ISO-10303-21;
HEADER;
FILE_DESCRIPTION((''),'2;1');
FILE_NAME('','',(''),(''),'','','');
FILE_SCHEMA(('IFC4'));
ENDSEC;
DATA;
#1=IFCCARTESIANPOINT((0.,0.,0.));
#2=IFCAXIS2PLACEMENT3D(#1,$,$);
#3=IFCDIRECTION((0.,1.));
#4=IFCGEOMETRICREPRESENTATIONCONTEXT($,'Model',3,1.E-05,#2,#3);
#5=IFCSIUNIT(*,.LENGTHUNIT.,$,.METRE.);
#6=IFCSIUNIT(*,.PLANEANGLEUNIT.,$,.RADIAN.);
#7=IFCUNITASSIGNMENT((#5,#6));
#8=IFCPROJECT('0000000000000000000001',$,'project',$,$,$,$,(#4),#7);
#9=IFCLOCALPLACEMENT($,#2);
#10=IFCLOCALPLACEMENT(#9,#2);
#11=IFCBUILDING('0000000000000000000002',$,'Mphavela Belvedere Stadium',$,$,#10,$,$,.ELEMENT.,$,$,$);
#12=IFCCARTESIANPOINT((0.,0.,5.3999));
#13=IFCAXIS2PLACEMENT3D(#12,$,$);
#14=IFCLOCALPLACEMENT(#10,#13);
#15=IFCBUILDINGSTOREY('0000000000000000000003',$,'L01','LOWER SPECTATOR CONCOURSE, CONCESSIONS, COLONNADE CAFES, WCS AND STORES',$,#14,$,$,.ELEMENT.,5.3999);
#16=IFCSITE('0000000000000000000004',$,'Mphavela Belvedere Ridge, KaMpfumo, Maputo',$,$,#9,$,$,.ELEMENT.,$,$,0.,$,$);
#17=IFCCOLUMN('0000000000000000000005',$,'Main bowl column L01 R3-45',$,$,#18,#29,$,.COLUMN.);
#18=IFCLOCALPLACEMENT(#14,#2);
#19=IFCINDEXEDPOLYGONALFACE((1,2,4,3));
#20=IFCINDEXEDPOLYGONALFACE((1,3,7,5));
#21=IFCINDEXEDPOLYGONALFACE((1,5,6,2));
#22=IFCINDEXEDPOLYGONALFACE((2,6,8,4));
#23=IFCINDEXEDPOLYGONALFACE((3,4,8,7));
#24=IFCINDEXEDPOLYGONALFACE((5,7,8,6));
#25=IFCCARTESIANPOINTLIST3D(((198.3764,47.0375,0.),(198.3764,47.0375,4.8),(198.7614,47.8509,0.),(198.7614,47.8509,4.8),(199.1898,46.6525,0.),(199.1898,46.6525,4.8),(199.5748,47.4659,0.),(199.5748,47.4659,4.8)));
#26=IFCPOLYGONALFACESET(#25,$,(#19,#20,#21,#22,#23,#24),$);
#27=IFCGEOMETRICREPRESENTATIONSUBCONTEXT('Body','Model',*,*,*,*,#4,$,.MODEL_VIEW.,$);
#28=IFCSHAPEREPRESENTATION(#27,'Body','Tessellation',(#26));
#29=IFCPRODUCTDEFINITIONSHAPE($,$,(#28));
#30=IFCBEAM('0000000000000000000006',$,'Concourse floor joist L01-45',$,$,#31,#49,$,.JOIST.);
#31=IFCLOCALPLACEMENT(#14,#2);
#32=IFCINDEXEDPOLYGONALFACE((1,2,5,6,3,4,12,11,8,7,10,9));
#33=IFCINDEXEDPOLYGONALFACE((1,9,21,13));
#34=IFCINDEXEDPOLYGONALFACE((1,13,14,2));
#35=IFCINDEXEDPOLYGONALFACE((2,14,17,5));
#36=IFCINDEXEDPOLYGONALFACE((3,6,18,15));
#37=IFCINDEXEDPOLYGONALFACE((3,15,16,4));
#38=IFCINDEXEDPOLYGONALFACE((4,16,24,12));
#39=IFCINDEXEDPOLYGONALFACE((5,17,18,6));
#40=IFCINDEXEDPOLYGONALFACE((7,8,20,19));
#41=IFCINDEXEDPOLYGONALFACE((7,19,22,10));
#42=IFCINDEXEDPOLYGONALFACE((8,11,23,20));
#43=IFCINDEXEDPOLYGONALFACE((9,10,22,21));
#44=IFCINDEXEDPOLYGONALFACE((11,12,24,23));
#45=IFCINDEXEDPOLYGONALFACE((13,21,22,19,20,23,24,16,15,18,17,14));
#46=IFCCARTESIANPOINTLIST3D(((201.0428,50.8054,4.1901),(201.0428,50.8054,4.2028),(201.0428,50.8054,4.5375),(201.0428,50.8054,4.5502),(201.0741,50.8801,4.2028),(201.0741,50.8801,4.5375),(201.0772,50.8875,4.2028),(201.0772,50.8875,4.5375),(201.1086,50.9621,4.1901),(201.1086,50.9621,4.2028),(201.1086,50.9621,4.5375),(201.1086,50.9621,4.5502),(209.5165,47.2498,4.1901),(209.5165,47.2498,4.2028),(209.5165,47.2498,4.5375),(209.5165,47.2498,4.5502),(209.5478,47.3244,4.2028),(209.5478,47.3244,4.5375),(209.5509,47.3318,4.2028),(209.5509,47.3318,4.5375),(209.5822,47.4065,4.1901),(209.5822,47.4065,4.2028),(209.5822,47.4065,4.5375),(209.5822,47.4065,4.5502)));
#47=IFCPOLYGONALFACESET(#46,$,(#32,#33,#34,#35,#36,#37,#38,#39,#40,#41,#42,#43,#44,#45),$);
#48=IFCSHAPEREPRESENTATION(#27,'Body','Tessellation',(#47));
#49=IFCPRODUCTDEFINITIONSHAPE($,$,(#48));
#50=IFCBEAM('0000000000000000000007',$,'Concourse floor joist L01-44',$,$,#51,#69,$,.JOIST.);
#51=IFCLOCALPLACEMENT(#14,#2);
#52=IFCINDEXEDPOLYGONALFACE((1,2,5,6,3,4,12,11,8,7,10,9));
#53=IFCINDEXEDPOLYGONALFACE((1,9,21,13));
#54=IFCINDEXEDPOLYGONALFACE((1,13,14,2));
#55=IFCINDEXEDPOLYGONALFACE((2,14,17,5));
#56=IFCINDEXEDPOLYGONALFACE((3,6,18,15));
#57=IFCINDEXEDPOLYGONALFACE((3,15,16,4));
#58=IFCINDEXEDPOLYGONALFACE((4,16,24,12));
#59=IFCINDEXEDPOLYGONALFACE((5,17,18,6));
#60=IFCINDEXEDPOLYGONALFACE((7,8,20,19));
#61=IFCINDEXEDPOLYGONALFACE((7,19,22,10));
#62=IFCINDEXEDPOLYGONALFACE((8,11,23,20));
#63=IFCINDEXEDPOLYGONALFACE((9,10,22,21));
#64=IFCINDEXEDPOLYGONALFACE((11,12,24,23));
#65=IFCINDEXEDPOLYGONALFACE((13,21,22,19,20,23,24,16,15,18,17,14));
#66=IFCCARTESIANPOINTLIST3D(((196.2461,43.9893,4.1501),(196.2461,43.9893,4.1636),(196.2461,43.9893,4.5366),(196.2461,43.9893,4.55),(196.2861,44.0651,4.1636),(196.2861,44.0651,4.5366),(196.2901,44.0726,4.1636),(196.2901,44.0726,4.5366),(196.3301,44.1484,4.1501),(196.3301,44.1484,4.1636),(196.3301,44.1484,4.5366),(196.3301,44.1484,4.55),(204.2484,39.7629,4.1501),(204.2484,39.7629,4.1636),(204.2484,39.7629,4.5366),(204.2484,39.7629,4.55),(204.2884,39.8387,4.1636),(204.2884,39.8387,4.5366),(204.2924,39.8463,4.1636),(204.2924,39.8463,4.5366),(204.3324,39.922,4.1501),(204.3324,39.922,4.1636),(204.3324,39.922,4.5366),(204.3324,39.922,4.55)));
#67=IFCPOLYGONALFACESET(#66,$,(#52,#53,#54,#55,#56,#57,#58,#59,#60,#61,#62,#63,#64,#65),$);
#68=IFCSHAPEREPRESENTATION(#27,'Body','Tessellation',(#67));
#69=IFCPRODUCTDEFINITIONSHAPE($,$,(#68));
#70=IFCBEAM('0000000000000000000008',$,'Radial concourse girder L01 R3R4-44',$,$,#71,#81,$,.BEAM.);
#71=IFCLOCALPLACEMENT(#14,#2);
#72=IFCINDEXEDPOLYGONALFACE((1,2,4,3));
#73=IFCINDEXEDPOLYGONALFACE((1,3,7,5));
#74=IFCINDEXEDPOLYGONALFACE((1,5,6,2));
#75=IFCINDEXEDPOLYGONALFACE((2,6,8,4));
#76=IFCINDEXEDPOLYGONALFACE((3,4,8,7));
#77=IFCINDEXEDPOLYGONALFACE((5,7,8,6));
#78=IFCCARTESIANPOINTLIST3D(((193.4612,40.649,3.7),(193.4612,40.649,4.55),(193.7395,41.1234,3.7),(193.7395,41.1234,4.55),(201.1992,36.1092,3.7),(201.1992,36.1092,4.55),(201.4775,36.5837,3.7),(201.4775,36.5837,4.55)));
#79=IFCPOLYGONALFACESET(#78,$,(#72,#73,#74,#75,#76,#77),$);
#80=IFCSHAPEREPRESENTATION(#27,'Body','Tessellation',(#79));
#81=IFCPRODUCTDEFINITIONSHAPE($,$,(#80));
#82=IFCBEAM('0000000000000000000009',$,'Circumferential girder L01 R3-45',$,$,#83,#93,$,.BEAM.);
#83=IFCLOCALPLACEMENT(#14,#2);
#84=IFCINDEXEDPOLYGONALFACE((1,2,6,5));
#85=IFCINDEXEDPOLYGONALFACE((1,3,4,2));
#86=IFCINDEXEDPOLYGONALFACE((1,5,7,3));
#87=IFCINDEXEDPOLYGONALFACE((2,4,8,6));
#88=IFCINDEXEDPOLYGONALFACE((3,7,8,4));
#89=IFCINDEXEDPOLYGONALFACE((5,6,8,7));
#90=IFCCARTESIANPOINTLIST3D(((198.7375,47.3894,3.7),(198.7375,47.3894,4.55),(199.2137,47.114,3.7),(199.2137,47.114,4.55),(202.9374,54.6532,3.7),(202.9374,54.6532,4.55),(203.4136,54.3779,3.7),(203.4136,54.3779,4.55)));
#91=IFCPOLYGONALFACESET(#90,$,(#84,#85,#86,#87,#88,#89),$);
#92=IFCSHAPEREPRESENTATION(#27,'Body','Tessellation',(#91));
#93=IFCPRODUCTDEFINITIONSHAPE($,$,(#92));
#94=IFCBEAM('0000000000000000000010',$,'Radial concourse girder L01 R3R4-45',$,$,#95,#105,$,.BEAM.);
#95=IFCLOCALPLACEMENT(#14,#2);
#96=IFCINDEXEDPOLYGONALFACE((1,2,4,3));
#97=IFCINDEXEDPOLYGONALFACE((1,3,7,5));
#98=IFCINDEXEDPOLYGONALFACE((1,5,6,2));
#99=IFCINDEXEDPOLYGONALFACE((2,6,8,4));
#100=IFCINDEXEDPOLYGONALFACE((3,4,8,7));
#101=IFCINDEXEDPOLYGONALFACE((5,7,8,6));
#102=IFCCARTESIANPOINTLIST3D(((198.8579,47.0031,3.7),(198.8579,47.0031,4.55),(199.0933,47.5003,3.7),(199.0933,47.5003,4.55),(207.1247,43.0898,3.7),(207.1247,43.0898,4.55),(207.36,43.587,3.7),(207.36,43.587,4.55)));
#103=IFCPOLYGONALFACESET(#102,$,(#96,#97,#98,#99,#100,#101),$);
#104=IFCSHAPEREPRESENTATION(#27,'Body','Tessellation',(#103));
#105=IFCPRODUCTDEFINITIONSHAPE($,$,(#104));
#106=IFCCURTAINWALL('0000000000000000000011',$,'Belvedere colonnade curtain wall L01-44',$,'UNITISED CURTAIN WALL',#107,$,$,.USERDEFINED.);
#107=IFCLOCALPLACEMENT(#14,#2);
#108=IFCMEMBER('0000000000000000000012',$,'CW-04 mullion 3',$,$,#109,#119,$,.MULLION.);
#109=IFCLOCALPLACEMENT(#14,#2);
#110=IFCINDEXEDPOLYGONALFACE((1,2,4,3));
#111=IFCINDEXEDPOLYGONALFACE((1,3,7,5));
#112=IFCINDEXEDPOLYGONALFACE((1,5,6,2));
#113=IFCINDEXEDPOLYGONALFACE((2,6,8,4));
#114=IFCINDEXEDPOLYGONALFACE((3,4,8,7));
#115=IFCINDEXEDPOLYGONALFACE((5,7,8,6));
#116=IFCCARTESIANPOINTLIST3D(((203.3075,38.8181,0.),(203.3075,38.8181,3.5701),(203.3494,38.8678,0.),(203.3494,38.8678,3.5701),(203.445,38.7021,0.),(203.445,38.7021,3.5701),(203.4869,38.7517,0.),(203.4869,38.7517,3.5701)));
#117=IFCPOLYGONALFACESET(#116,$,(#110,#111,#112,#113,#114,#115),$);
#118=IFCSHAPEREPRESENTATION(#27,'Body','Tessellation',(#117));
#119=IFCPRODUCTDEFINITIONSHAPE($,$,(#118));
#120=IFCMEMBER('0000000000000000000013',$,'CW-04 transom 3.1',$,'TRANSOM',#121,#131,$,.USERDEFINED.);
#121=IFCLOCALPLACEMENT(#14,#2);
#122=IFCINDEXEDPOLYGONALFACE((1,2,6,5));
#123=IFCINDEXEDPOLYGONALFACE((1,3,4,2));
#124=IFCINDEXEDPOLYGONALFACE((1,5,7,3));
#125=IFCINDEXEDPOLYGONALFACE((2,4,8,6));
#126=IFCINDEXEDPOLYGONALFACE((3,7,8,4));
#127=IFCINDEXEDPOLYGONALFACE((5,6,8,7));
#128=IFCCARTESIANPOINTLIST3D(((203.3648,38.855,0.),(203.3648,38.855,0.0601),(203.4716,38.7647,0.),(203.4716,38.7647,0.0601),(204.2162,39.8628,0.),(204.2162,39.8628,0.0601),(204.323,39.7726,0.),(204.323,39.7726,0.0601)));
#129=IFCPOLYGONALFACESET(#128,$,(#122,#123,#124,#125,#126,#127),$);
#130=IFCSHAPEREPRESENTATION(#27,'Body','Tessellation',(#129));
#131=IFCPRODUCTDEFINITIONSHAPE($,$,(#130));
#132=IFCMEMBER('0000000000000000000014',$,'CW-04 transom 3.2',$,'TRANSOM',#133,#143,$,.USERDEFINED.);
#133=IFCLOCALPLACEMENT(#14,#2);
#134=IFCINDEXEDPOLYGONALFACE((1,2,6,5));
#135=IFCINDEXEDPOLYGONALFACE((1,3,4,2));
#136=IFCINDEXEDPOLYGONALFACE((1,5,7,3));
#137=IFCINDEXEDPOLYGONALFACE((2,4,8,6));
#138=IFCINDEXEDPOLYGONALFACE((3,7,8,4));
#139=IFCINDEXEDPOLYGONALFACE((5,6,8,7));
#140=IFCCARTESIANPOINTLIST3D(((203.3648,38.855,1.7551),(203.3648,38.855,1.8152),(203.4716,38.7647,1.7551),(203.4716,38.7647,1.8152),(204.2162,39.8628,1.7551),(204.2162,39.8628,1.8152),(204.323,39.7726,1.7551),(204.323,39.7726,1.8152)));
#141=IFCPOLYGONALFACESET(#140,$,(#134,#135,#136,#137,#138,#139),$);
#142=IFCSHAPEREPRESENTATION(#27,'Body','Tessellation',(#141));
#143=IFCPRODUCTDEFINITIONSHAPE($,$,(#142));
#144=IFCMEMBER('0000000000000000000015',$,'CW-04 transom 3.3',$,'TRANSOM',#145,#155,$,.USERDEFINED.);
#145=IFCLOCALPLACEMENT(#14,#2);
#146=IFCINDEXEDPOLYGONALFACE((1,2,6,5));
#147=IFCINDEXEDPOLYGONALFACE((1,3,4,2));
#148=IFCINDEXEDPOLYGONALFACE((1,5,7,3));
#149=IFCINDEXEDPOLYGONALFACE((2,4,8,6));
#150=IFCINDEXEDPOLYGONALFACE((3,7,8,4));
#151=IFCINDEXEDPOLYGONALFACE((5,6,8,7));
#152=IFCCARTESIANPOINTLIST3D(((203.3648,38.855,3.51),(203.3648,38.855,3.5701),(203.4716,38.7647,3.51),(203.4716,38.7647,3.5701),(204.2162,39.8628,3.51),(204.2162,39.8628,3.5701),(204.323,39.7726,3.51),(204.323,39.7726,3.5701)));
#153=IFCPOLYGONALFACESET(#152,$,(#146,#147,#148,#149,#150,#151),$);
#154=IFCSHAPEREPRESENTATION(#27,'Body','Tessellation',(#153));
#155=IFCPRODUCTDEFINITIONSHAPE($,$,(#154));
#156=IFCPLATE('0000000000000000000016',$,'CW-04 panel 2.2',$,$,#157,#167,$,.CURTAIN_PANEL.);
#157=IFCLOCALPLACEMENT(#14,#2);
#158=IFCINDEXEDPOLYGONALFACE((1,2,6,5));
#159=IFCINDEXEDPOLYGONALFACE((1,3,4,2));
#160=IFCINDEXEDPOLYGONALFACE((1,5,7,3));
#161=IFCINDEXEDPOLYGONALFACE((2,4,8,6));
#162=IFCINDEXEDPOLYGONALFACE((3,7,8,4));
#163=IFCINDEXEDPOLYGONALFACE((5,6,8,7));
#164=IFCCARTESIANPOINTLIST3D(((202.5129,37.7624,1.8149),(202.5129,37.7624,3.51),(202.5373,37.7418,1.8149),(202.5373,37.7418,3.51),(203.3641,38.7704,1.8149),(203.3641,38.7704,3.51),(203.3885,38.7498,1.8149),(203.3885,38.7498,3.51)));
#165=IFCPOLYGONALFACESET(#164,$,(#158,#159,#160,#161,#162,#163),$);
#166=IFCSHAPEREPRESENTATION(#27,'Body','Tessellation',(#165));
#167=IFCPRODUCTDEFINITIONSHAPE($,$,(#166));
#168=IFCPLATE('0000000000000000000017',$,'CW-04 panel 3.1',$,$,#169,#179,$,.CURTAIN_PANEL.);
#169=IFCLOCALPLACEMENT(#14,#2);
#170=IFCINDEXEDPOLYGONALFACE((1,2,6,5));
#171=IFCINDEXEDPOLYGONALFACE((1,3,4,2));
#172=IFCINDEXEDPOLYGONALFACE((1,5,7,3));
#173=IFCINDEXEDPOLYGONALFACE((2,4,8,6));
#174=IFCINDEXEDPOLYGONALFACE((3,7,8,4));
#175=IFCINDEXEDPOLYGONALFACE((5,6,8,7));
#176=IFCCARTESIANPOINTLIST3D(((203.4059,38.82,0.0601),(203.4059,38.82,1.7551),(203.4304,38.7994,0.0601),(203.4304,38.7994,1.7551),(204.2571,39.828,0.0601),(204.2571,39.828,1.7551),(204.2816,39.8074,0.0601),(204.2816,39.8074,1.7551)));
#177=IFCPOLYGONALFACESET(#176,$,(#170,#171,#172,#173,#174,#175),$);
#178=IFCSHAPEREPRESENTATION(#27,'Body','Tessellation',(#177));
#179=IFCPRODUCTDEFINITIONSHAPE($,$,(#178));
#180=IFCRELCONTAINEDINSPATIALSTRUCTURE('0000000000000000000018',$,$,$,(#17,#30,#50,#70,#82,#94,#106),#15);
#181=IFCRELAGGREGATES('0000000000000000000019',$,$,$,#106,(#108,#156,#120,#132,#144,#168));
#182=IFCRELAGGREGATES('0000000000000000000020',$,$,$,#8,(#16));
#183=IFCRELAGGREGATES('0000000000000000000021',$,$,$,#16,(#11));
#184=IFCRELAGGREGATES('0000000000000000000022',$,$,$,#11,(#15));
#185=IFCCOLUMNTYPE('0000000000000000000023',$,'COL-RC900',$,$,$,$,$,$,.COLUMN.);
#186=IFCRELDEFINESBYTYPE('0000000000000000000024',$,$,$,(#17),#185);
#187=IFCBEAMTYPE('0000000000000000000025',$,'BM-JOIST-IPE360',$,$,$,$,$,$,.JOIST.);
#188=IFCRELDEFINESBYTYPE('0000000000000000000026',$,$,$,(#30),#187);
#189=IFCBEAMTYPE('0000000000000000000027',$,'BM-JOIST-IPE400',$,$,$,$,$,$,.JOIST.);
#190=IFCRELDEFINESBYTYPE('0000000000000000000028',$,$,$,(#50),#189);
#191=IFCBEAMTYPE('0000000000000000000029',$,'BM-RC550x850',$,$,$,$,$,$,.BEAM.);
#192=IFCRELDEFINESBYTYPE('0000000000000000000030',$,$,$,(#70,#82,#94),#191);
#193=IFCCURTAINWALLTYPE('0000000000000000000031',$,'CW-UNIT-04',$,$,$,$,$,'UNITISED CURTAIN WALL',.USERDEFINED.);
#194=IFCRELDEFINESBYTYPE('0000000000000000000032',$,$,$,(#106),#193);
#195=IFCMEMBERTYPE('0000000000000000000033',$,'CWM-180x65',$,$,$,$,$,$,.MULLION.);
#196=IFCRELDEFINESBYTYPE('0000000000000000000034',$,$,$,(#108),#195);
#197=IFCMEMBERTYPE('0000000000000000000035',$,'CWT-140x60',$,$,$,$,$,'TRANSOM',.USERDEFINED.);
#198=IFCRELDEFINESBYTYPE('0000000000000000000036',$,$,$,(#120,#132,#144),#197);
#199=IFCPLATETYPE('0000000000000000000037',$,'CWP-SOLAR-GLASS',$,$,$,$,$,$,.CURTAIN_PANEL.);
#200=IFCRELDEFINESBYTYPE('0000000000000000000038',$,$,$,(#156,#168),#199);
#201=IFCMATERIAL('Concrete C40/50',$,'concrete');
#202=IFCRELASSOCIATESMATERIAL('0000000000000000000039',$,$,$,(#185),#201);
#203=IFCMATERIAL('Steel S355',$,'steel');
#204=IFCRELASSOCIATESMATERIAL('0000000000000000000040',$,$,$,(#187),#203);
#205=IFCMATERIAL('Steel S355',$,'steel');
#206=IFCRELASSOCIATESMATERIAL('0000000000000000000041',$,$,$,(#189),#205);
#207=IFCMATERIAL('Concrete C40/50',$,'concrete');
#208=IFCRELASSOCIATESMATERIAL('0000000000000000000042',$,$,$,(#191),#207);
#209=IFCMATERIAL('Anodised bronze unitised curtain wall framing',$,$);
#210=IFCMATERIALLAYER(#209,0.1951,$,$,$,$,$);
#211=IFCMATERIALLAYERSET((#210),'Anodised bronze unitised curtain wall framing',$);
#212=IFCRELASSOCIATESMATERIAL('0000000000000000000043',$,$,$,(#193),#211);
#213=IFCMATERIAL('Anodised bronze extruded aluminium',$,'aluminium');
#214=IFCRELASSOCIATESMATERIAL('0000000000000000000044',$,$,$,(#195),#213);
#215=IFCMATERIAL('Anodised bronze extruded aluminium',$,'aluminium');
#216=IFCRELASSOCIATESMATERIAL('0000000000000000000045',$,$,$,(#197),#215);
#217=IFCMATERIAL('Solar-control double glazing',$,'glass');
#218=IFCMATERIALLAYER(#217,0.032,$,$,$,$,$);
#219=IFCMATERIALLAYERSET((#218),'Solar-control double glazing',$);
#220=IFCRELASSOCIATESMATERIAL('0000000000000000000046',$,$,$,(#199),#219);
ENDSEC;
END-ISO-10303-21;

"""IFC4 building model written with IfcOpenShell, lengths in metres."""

from ifc_helpers import new_model, si_unit, direction, frame, origin, origin_2d, place, context, subcontext, project, spatial, rectangle, i_section, extrude, material, layer, layer_set, material_profile, profile_set, type_object, element, aggregate, save


model = new_model("IFC4")

# Units and contexts
model_context = context("Model", 3, precision=1e-05, world=origin(), true_north=direction((0.0, 1.0)))
body_context = subcontext(model_context, "Body", "Model", "MODEL_VIEW")
ifc_project = project(units=[si_unit("LENGTHUNIT", "METRE"), si_unit("PLANEANGLEUNIT", "RADIAN")], contexts=[model_context])

# Site, building, storey
site_placement = place(None, origin())
site = spatial("IfcSite", under=ifc_project, at=site_placement, Name="Mphavela Belvedere Ridge, KaMpfumo, Maputo", CompositionType="ELEMENT", RefElevation=0.0)
building_placement = place(site_placement, origin())
building = spatial("IfcBuilding", under=site, at=building_placement, Name="Mphavela Belvedere Stadium", CompositionType="ELEMENT")
storey_placement = place(building_placement, frame((0.0, 0.0, 5.3999)))
storey = spatial("IfcBuildingStorey", under=building, at=storey_placement, Name="L01", Description="LOWER SPECTATOR CONCOURSE, CONCESSIONS, COLONNADE CAFES, WCS AND STORES", CompositionType="ELEMENT", Elevation=5.3999)

# Column
ifc_material_1 = material(Name="Concrete C40/50", Category="concrete")
ifc_material_profile_1 = material_profile(ifc_material_1, rectangle(XDim=0.8999, YDim=0.8999, at=origin_2d()), Name="RC 900x900")
ifc_profile_set_1 = profile_set([ifc_material_profile_1], Name="Concrete C40/50")
column_type = type_object("IfcColumnType", Name="COL-RC900", PredefinedType="COLUMN", material=ifc_profile_set_1)
column_placement = place(storey_placement, frame((198.9756, 47.2517, 0.0), z_axis=(0.0, 0.0, 1.0), x_axis=(0.903859, -0.427831, 0.0)))
element("IfcColumn", 1, at=column_placement, inside=storey, type_object=column_type, Name="Main bowl column L01 R3-45", PredefinedType="COLUMN", context=body_context, shape_type="SweptSolid", body=[
    extrude(rectangle(XDim=0.8999, YDim=0.8999, at=origin_2d()), origin(), (0.0, 0.0, 1.0), 4.8),
])

# Beams
ifc_material_2 = material(Name="Steel S355", Category="steel")
ifc_material_profile_2 = material_profile(ifc_material_2, i_section(OverallWidth=0.1699, OverallDepth=0.3601, WebThickness=0.0081, FlangeThickness=0.0127, at=origin_2d()), Name="IPE 360")
ifc_profile_set_2 = profile_set([ifc_material_profile_2], Name="Steel S355")
beam_type_1 = type_object("IfcBeamType", Name="BM-JOIST-IPE360", PredefinedType="JOIST", material=ifc_profile_set_2)
beam_1_placement = place(storey_placement, frame((201.0757, 50.8838, 4.3701), z_axis=(0.922109, -0.386931, 0.0), x_axis=(0.386931, 0.922109, 0.0)))
element("IfcBeam", 2, at=beam_1_placement, inside=storey, type_object=beam_type_1, Name="Concourse floor joist L01-45", PredefinedType="JOIST", context=body_context, shape_type="SweptSolid", body=[
    extrude(i_section(OverallWidth=0.1699, OverallDepth=0.3601, WebThickness=0.0081, FlangeThickness=0.0127, at=origin_2d()), origin(), (0.0, 0.0, 1.0), 9.1895),
])
ifc_material_3 = material(Name="Steel S355", Category="steel")
ifc_material_profile_3 = material_profile(ifc_material_3, i_section(OverallWidth=0.1799, OverallDepth=0.3999, WebThickness=0.0085, FlangeThickness=0.0134, at=origin_2d()), Name="IPE 400")
ifc_profile_set_3 = profile_set([ifc_material_profile_3], Name="Steel S355")
beam_type_2 = type_object("IfcBeamType", Name="BM-JOIST-IPE400", PredefinedType="JOIST", material=ifc_profile_set_3)
beam_2_placement = place(storey_placement, frame((196.2881, 44.0688, 4.3501), z_axis=(0.884251, -0.467012, 0.0), x_axis=(0.467012, 0.884251, 0.0)))
element("IfcBeam", 3, at=beam_2_placement, inside=storey, type_object=beam_type_2, Name="Concourse floor joist L01-44", PredefinedType="JOIST", context=body_context, shape_type="SweptSolid", body=[
    extrude(i_section(OverallWidth=0.1799, OverallDepth=0.3999, WebThickness=0.0085, FlangeThickness=0.0134, at=origin_2d()), origin(), (0.0, 0.0, 1.0), 9.0498),
])
ifc_material_4 = material(Name="Concrete C40/50", Category="concrete")
ifc_material_profile_4 = material_profile(ifc_material_4, rectangle(XDim=0.55, YDim=0.8501, at=origin_2d()), Name="RC 550x850")
ifc_profile_set_4 = profile_set([ifc_material_profile_4], Name="Concrete C40/50")
beam_type_3 = type_object("IfcBeamType", Name="BM-RC550x850", PredefinedType="BEAM", material=ifc_profile_set_4)
beam_3_placement = place(storey_placement, frame((193.6003, 40.8862, 4.125), z_axis=(0.862518, -0.506027, 0.0), x_axis=(0.506027, 0.862518, 0.0)))
element("IfcBeam", 4, at=beam_3_placement, inside=storey, type_object=beam_type_3, Name="Radial concourse girder L01 R3R4-44", PredefinedType="BEAM", context=body_context, shape_type="SweptSolid", body=[
    extrude(rectangle(XDim=0.55, YDim=0.8501, at=origin_2d()), origin(), (0.0, 0.0, 1.0), 8.9714),
])
beam_4_placement = place(storey_placement, frame((198.9756, 47.2517, 4.125), z_axis=(0.500548, 0.865709, 0.0), x_axis=(-0.865709, 0.500548, 0.0)))
element("IfcBeam", 5, at=beam_4_placement, inside=storey, type_object=beam_type_3, Name="Circumferential girder L01 R3-45", PredefinedType="BEAM", context=body_context, shape_type="SweptSolid", body=[
    extrude(rectangle(XDim=0.55, YDim=0.8501, at=origin_2d()), origin(), (0.0, 0.0, 1.0), 8.3906),
])
beam_5_placement = place(storey_placement, frame((198.9756, 47.2517, 4.125), z_axis=(0.903845, -0.427859, 0.0), x_axis=(0.427859, 0.903845, 0.0)))
element("IfcBeam", 6, at=beam_5_placement, inside=storey, type_object=beam_type_3, Name="Radial concourse girder L01 R3R4-45", PredefinedType="BEAM", context=body_context, shape_type="SweptSolid", body=[
    extrude(rectangle(XDim=0.55, YDim=0.8501, at=origin_2d()), origin(), (0.0, 0.0, 1.0), 9.1462),
])

# Curtain wall, members, plates
ifc_material_5 = material(Name="Anodised bronze unitised curtain wall framing")
ifc_layer_1 = layer(ifc_material_5, 0.1951)
ifc_layer_set_1 = layer_set([ifc_layer_1], Name="Anodised bronze unitised curtain wall framing")
curtain_wall_type = type_object("IfcCurtainWallType", Name="CW-UNIT-04", ElementType="UNITISED CURTAIN WALL", PredefinedType="USERDEFINED", material=ifc_layer_set_1)
curtain_wall_placement = place(storey_placement, origin())
curtain_wall = element("IfcCurtainWall", 7, at=curtain_wall_placement, inside=storey, type_object=curtain_wall_type, Name="Belvedere colonnade curtain wall L01-44", ObjectType="UNITISED CURTAIN WALL", PredefinedType="USERDEFINED")
ifc_material_6 = material(Name="Anodised bronze extruded aluminium", Category="aluminium")
ifc_material_profile_5 = material_profile(ifc_material_6, rectangle(XDim=0.1799, YDim=0.0649, at=origin_2d()), Name="CW-MUL 180x65")
ifc_profile_set_5 = profile_set([ifc_material_profile_5], Name="Anodised bronze extruded aluminium")
member_type_1 = type_object("IfcMemberType", Name="CWM-180x65", PredefinedType="MULLION", material=ifc_profile_set_5)
member_1_placement = place(storey_placement, frame((203.3972, 38.7849, 0.0), z_axis=(0.0, 0.0, 1.0), x_axis=(-0.764036, 0.645173, 0.0)))
member_1 = element("IfcMember", 8, at=member_1_placement, type_object=member_type_1, Name="CW-04 mullion 3", PredefinedType="MULLION", context=body_context, shape_type="SweptSolid", body=[
    extrude(rectangle(XDim=0.1799, YDim=0.0649, at=origin_2d()), origin(), (0.0, 0.0, 1.0), 3.5701),
])
ifc_material_7 = material(Name="Anodised bronze extruded aluminium", Category="aluminium")
ifc_material_profile_6 = material_profile(ifc_material_7, rectangle(XDim=0.1399, YDim=0.0601, at=origin_2d()), Name="CW-TRN 140x60")
ifc_profile_set_6 = profile_set([ifc_material_profile_6], Name="Anodised bronze extruded aluminium")
member_type_2 = type_object("IfcMemberType", Name="CWT-140x60", ElementType="TRANSOM", PredefinedType="USERDEFINED", material=ifc_profile_set_6)
member_2_placement = place(storey_placement, frame((203.4182, 38.8098, 0.03), z_axis=(0.645303, 0.763927, 0.0), x_axis=(-0.763927, 0.645303, 0.0)))
member_2 = element("IfcMember", 9, at=member_2_placement, type_object=member_type_2, Name="CW-04 transom 3.1", ObjectType="TRANSOM", PredefinedType="USERDEFINED", context=body_context, shape_type="SweptSolid", body=[
    extrude(rectangle(XDim=0.1399, YDim=0.0601, at=origin_2d()), origin(), (0.0, 0.0, 1.0), 1.3193),
])
member_3_placement = place(storey_placement, frame((203.4182, 38.8098, 1.7852), z_axis=(0.645303, 0.763927, 0.0), x_axis=(-0.763927, 0.645303, 0.0)))
member_3 = element("IfcMember", 10, at=member_3_placement, type_object=member_type_2, Name="CW-04 transom 3.2", ObjectType="TRANSOM", PredefinedType="USERDEFINED", context=body_context, shape_type="SweptSolid", body=[
    extrude(rectangle(XDim=0.1399, YDim=0.0601, at=origin_2d()), origin(), (0.0, 0.0, 1.0), 1.3193),
])
member_4_placement = place(storey_placement, frame((203.4182, 38.8098, 3.54), z_axis=(0.645303, 0.763927, 0.0), x_axis=(-0.763927, 0.645303, 0.0)))
member_4 = element("IfcMember", 11, at=member_4_placement, type_object=member_type_2, Name="CW-04 transom 3.3", ObjectType="TRANSOM", PredefinedType="USERDEFINED", context=body_context, shape_type="SweptSolid", body=[
    extrude(rectangle(XDim=0.1399, YDim=0.0601, at=origin_2d()), origin(), (0.0, 0.0, 1.0), 1.3193),
])
ifc_material_8 = material(Name="Solar-control double glazing", Category="glass")
ifc_layer_2 = layer(ifc_material_8, 0.032)
ifc_layer_set_2 = layer_set([ifc_layer_2], Name="Solar-control double glazing")
plate_type = type_object("IfcPlateType", Name="CWP-SOLAR-GLASS", PredefinedType="CURTAIN_PANEL", material=ifc_layer_set_2)
plate_1_placement = place(storey_placement, frame((202.9507, 38.2561, 1.8149), z_axis=(0.0, 0.0, 1.0), x_axis=(0.645173, 0.764036, 0.0)))
plate_1 = element("IfcPlate", 12, at=plate_1_placement, type_object=plate_type, Name="CW-04 panel 2.2", PredefinedType="CURTAIN_PANEL", context=body_context, shape_type="SweptSolid", body=[
    extrude(rectangle(XDim=1.3193, YDim=0.032, at=origin_2d()), origin(), (0.0, 0.0, 1.0), 1.6951),
])
plate_2_placement = place(storey_placement, frame((203.8438, 39.3137, 0.0601), z_axis=(0.0, 0.0, 1.0), x_axis=(0.645173, 0.764036, 0.0)))
plate_2 = element("IfcPlate", 13, at=plate_2_placement, type_object=plate_type, Name="CW-04 panel 3.1", PredefinedType="CURTAIN_PANEL", context=body_context, shape_type="SweptSolid", body=[
    extrude(rectangle(XDim=1.3193, YDim=0.032, at=origin_2d()), origin(), (0.0, 0.0, 1.0), 1.6951),
])
aggregate(curtain_wall, [member_1, plate_1, member_2, member_3, member_4, plate_2])

save(model, "model.ifc")
